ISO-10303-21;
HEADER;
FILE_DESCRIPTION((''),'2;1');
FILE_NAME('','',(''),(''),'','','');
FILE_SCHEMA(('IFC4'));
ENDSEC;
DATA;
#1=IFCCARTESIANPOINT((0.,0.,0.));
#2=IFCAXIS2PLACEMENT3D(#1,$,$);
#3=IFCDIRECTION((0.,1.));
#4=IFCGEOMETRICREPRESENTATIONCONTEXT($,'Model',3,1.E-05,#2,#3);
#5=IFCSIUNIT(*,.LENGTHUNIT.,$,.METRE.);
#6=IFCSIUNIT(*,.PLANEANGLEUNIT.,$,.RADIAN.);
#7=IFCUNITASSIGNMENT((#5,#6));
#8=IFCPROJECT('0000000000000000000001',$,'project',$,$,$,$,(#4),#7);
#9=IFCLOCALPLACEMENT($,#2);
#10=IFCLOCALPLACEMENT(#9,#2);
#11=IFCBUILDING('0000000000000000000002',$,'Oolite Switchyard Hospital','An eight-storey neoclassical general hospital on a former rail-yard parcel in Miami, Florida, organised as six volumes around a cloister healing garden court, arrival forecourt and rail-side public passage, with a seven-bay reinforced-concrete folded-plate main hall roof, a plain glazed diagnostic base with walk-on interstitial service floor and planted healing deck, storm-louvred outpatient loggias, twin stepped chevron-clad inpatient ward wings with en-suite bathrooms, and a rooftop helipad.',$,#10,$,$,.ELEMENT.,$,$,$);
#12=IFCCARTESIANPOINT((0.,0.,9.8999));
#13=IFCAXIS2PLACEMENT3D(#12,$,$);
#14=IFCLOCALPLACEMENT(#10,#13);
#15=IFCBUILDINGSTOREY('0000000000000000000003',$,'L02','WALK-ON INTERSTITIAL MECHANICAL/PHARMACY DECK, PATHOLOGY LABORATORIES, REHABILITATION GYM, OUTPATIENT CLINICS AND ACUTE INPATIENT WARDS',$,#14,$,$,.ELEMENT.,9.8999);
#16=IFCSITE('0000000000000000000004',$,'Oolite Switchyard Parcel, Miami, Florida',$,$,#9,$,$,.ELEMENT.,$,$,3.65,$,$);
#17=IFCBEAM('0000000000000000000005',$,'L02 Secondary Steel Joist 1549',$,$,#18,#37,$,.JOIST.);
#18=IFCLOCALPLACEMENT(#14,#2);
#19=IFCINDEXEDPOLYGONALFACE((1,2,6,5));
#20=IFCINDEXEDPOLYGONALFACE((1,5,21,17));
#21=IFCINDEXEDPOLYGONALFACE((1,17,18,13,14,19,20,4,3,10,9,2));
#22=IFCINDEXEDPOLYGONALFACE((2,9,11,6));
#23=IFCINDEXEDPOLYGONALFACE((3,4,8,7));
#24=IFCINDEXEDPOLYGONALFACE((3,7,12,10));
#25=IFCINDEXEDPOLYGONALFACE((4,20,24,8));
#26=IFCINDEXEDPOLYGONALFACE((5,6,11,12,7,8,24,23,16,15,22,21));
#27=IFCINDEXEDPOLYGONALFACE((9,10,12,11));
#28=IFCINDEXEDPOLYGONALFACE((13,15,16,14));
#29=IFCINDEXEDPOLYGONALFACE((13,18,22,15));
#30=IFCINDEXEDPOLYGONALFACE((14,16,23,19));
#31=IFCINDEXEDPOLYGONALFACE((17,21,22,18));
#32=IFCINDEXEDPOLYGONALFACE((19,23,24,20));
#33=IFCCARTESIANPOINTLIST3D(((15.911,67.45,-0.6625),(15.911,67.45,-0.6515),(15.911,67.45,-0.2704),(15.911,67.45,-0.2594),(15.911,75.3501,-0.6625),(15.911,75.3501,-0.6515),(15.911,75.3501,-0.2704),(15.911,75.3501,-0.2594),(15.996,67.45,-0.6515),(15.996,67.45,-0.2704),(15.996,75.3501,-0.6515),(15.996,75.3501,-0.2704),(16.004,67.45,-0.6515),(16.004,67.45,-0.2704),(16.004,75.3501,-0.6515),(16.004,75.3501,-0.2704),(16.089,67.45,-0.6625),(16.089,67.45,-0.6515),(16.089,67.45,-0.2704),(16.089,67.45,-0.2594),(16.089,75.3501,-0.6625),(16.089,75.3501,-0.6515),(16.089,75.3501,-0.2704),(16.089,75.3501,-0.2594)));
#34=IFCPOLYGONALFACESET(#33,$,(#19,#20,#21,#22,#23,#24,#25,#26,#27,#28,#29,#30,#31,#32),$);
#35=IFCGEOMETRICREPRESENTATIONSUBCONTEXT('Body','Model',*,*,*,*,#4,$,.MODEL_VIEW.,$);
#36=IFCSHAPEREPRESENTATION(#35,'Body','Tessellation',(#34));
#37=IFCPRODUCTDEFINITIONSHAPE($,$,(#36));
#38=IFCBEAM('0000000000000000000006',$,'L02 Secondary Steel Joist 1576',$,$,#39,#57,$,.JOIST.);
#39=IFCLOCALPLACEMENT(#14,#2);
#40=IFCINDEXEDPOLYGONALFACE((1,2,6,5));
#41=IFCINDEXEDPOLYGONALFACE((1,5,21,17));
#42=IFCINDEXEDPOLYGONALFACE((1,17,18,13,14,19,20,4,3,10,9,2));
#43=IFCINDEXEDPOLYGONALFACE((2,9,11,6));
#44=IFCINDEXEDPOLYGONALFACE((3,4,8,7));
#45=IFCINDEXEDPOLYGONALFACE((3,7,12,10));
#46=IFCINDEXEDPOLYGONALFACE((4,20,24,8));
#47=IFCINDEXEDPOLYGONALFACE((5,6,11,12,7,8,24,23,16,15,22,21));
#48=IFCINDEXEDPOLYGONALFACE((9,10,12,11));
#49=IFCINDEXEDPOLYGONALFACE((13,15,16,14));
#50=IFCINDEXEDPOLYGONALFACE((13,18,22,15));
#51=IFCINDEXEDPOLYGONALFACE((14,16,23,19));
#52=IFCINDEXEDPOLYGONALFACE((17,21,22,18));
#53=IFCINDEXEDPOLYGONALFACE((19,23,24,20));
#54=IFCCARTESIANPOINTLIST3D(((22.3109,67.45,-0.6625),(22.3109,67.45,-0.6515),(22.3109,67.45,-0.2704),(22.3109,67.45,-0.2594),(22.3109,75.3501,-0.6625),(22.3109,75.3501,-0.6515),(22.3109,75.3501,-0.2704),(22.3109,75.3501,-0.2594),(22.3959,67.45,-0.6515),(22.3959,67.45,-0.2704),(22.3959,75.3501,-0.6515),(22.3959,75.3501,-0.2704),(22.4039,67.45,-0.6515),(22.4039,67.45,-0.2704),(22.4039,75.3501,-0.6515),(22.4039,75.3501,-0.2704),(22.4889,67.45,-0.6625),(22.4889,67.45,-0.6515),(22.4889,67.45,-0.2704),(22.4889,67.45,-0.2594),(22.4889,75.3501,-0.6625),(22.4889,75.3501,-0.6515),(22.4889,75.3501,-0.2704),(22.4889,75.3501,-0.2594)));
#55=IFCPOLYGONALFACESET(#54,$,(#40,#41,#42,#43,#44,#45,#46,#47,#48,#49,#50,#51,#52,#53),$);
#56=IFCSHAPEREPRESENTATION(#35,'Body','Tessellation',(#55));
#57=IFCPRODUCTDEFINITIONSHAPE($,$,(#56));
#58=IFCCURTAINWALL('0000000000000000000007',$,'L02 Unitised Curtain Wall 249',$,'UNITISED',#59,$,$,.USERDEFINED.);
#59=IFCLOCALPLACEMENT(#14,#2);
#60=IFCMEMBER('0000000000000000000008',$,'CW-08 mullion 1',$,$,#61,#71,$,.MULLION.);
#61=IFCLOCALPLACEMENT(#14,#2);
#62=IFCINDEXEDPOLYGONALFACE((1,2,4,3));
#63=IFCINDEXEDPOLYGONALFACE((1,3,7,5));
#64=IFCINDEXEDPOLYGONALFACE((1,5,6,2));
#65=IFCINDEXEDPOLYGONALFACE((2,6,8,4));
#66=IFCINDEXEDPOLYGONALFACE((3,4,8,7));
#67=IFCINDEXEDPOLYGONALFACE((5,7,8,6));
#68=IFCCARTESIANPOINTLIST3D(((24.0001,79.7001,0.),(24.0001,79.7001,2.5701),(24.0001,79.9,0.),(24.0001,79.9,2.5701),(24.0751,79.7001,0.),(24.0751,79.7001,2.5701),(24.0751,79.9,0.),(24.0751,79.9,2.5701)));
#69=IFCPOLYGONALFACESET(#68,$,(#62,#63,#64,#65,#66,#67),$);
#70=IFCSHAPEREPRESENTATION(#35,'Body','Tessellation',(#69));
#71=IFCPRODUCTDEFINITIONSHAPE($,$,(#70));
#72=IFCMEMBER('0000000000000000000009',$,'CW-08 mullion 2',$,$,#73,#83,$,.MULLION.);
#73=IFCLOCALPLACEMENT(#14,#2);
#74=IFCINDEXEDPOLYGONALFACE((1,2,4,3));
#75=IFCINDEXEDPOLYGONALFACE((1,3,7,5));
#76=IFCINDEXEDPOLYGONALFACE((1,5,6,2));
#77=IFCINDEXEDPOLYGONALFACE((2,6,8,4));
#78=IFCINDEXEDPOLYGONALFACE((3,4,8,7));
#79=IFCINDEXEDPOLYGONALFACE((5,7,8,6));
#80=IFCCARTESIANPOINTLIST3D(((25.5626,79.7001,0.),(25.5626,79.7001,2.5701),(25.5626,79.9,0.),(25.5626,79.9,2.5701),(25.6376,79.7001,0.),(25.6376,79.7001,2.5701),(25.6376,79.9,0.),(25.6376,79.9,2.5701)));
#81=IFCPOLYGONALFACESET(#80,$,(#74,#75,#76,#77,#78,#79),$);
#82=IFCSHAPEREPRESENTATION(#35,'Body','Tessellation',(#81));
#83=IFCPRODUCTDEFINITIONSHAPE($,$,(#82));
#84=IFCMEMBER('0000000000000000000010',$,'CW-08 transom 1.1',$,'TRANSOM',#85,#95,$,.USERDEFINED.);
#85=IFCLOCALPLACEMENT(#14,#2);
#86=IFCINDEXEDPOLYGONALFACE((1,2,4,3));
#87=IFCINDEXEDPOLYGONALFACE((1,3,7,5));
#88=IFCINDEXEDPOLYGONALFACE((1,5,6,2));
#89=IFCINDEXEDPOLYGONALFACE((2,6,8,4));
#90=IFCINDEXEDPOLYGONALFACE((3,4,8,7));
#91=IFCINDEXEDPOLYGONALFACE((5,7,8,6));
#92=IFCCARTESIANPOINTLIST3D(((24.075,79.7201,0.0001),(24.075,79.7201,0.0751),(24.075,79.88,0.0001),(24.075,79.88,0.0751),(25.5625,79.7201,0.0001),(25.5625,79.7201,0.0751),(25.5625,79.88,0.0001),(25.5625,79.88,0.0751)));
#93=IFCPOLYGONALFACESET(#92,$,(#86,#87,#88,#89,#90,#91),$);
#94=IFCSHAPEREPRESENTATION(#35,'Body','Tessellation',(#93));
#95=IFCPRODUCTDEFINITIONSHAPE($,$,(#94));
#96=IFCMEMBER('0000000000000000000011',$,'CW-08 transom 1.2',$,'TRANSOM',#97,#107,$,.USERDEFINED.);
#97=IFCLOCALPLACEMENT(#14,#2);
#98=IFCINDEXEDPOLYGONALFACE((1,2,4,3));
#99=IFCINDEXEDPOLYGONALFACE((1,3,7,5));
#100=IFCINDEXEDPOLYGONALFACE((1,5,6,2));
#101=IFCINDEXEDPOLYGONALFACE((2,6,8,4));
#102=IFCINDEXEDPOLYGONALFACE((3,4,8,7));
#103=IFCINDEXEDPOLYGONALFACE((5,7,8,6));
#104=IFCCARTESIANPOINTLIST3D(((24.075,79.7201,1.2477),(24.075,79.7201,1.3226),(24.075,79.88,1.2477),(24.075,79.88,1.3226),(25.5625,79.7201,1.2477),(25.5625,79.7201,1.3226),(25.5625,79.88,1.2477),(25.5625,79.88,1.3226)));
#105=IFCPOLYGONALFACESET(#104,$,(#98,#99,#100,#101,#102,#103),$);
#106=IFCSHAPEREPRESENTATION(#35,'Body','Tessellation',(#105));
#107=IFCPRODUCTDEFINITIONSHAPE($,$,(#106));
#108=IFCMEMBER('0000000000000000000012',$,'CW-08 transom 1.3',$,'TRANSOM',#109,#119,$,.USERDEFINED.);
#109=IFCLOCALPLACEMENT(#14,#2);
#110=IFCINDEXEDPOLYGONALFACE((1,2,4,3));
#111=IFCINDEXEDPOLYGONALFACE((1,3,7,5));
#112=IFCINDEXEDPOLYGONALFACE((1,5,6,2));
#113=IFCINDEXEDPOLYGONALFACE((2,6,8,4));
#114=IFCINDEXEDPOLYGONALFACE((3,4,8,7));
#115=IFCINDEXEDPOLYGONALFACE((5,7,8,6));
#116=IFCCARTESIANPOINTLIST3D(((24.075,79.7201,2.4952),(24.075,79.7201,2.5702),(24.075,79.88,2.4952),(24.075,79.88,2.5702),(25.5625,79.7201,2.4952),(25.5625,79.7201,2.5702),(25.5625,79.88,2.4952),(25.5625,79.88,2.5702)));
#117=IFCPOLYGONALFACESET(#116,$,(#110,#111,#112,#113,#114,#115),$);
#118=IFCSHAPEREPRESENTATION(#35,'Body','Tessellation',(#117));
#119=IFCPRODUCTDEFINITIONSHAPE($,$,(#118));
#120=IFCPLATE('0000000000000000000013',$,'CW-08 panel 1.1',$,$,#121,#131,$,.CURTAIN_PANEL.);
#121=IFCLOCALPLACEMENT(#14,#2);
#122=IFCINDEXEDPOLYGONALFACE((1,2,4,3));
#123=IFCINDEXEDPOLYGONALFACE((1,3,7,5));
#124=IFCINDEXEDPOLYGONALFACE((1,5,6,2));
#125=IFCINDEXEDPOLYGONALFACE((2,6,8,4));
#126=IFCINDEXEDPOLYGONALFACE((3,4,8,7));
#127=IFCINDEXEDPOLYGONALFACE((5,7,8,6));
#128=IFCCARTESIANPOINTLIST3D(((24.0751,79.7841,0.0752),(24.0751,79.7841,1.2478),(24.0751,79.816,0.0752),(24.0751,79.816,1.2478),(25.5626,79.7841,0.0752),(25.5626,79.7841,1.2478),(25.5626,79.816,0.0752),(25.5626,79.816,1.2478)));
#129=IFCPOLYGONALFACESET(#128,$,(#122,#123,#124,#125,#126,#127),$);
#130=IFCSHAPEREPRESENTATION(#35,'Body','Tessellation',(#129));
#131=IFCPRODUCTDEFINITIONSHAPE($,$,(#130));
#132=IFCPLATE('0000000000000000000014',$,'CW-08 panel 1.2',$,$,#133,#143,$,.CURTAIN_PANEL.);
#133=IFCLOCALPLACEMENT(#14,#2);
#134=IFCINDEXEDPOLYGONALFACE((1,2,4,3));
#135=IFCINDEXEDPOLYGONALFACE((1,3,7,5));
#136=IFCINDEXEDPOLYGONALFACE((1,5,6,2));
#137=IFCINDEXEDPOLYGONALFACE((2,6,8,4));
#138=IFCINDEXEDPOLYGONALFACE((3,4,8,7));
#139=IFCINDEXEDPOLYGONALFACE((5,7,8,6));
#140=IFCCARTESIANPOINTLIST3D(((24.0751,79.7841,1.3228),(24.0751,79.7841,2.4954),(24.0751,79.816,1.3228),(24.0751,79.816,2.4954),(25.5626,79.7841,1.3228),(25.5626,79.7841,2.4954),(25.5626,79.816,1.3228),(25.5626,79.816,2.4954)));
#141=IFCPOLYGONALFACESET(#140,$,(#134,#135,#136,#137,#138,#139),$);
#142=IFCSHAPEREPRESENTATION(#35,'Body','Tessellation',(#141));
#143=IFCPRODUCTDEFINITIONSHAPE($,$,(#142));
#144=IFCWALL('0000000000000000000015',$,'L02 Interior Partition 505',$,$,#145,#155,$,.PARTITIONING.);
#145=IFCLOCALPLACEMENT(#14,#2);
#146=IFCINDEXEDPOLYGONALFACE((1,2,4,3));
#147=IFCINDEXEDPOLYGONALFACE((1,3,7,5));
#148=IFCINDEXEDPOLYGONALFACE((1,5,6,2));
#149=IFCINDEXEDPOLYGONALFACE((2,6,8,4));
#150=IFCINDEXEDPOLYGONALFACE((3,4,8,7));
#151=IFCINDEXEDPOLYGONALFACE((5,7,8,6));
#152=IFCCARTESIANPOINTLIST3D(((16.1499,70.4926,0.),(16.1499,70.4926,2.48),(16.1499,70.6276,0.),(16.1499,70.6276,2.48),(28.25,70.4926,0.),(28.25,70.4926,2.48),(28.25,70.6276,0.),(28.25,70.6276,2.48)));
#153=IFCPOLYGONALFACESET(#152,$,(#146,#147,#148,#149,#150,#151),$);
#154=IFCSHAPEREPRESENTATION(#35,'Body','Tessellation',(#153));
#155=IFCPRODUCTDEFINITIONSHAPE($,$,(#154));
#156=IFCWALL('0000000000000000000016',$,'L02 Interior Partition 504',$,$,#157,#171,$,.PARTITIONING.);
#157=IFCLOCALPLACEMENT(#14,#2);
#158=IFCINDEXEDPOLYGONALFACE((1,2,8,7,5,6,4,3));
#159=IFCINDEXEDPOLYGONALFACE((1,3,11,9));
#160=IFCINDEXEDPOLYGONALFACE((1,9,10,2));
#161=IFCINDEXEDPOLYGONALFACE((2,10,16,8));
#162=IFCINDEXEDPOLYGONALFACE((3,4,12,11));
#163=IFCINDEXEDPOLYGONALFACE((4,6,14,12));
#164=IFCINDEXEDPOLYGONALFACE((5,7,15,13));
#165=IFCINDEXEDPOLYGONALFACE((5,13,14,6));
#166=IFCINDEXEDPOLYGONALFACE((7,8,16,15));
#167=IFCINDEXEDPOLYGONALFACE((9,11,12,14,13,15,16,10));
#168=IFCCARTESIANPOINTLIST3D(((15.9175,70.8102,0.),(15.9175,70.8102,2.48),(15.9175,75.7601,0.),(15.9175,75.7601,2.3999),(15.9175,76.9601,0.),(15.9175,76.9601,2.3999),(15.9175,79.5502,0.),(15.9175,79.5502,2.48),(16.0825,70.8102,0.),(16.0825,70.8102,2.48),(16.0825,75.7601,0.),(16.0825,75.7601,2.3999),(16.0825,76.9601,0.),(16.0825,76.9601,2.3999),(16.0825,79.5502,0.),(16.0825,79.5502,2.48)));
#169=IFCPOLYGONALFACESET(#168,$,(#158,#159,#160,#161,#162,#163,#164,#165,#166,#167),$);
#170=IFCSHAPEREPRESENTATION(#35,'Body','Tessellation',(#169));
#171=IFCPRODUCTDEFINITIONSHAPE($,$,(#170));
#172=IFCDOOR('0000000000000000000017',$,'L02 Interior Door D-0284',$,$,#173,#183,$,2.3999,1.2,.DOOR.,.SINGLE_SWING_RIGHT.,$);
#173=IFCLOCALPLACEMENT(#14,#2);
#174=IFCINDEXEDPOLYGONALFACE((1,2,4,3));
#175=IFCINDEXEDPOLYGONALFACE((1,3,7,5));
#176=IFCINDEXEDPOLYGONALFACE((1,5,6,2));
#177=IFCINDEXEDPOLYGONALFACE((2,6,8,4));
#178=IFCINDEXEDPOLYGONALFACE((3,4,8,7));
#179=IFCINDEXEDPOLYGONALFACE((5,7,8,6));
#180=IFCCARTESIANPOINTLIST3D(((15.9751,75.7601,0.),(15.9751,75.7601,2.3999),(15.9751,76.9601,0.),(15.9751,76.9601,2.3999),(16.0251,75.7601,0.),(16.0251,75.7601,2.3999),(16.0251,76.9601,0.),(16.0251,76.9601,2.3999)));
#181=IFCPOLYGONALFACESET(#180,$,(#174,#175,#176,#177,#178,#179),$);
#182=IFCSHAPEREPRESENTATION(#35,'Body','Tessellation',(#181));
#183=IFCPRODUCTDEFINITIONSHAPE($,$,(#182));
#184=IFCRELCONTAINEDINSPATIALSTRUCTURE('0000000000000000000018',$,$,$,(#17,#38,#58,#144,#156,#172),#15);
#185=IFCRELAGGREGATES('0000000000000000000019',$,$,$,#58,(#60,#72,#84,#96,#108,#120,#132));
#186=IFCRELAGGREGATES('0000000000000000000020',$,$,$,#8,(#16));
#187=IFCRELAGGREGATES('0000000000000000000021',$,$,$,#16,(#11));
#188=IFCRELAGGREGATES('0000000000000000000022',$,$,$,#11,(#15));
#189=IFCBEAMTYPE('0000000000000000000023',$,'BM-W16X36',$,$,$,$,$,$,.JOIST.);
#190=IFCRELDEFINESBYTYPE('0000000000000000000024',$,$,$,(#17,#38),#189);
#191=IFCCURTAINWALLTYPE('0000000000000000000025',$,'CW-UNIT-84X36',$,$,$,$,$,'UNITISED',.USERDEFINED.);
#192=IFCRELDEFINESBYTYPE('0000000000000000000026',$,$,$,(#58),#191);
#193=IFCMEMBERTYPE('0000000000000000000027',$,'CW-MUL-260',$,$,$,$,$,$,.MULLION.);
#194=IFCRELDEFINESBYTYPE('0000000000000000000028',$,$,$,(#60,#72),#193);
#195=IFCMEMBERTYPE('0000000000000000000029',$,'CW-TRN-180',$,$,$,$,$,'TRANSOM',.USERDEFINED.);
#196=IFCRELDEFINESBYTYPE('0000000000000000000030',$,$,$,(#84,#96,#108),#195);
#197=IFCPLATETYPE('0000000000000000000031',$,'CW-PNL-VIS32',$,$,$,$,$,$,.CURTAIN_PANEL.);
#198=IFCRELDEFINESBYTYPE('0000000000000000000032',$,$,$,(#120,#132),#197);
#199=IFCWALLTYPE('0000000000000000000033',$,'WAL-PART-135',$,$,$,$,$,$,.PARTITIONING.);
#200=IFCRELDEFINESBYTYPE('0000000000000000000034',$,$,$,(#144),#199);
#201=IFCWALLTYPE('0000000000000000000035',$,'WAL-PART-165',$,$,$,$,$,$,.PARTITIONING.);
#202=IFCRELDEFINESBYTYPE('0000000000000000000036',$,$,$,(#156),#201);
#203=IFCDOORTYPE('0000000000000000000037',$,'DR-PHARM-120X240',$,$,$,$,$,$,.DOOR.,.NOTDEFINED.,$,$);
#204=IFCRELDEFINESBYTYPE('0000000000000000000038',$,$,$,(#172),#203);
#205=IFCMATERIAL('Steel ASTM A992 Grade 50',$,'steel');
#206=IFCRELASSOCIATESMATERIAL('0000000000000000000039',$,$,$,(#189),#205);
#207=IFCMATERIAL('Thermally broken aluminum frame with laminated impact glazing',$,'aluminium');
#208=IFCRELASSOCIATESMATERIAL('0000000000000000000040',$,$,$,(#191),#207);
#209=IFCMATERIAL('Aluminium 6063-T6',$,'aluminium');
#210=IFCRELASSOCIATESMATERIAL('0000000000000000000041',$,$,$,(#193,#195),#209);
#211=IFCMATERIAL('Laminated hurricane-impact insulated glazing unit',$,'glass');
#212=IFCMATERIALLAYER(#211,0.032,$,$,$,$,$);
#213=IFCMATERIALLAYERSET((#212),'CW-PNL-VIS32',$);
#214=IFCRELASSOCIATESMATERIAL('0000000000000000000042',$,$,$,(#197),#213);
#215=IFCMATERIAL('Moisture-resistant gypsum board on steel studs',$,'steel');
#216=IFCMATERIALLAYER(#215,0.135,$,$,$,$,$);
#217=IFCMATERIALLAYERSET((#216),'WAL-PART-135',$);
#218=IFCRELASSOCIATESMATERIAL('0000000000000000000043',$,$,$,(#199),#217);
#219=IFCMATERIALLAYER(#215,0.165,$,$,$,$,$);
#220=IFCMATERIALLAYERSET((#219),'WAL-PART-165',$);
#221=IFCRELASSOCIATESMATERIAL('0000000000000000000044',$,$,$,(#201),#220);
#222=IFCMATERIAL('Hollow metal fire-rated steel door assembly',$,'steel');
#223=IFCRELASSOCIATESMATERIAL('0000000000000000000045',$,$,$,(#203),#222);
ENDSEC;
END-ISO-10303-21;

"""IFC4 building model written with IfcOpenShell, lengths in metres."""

from ifc_helpers import new_model, si_unit, direction, frame, frame_2d, origin, origin_2d, place, context, subcontext, project, spatial, rectangle, i_section, extrude, material, layer, layer_set, material_profile, profile_set, type_object, element, fill, aggregate, save


model = new_model("IFC4")

# Units and contexts
model_context = context("Model", 3, precision=1e-05, world=origin(), true_north=direction((0.0, 1.0)))
body_context = subcontext(model_context, "Body", "Model", "MODEL_VIEW")
ifc_project = project(units=[si_unit("LENGTHUNIT", "METRE"), si_unit("PLANEANGLEUNIT", "RADIAN")], contexts=[model_context])

# Site, building, storey
site_placement = place(None, origin())
site = spatial("IfcSite", under=ifc_project, at=site_placement, Name="Oolite Switchyard Parcel, Miami, Florida", CompositionType="ELEMENT", RefElevation=3.65)
building_placement = place(site_placement, origin())
building = spatial("IfcBuilding", under=site, at=building_placement, Name="Oolite Switchyard Hospital", Description="An eight-storey neoclassical general hospital on a former rail-yard parcel in Miami, Florida, organised as six volumes around a cloister healing garden court, arrival forecourt and rail-side public passage, with a seven-bay reinforced-concrete folded-plate main hall roof, a plain glazed diagnostic base with walk-on interstitial service floor and planted healing deck, storm-louvred outpatient loggias, twin stepped chevron-clad inpatient ward wings with en-suite bathrooms, and a rooftop helipad.", CompositionType="ELEMENT")
storey_placement = place(building_placement, frame((0.0, 0.0, 9.8999)))
storey = spatial("IfcBuildingStorey", under=building, at=storey_placement, Name="L02", Description="WALK-ON INTERSTITIAL MECHANICAL/PHARMACY DECK, PATHOLOGY LABORATORIES, REHABILITATION GYM, OUTPATIENT CLINICS AND ACUTE INPATIENT WARDS", CompositionType="ELEMENT", Elevation=9.8999)

# Beams
ifc_material_1 = material(Name="Steel ASTM A992 Grade 50", Category="steel")
ifc_material_profile_1 = material_profile(ifc_material_1, i_section(OverallWidth=0.178, OverallDepth=0.4031, WebThickness=0.0081, FlangeThickness=0.011, at=origin_2d()), Name="W16X36")
ifc_profile_set_1 = profile_set([ifc_material_profile_1], Name="Steel ASTM A992 Grade 50")
beam_type_1 = type_object("IfcBeamType", Name="BM-W16X36", PredefinedType="JOIST", material=ifc_profile_set_1)
for number, where, z_axis, x_axis, name in (
    (1, (16.0, 67.45, -0.4609), (0.0, 1.0, 0.0), (-1.0, 0.0, 0.0), "L02 Secondary Steel Joist 1549"),
    (2, (22.3999, 67.45, -0.4609), (0.0, 1.0, 0.0), (-1.0, 0.0, 0.0), "L02 Secondary Steel Joist 1576"),
):
    element("IfcBeam", number, at=place(storey_placement, frame(where, z_axis=z_axis, x_axis=x_axis)), inside=storey, type_object=beam_type_1, Name=name, PredefinedType="JOIST", context=body_context, shape_type="SweptSolid", body=[
        extrude(i_section(OverallWidth=0.178, OverallDepth=0.4031, WebThickness=0.0081, FlangeThickness=0.011, at=origin_2d()), origin(), (0.0, 0.0, 1.0), 7.9001),
    ])

# Curtain wall, members, plates
ifc_material_2 = material(Name="Thermally broken aluminum frame with laminated impact glazing", Category="aluminium")
curtain_wall_type = type_object("IfcCurtainWallType", Name="CW-UNIT-84X36", ElementType="UNITISED", PredefinedType="USERDEFINED", material=ifc_material_2)
curtain_wall_placement = place(storey_placement, origin())
curtain_wall = element("IfcCurtainWall", 3, at=curtain_wall_placement, inside=storey, type_object=curtain_wall_type, Name="L02 Unitised Curtain Wall 249", ObjectType="UNITISED", PredefinedType="USERDEFINED")
ifc_material_3 = material(Name="Aluminium 6063-T6", Category="aluminium")
ifc_material_profile_2 = material_profile(ifc_material_3, rectangle(XDim=0.2, YDim=0.075, at=origin_2d()), Name="CWM75X200")
ifc_profile_set_2 = profile_set([ifc_material_profile_2], Name="Aluminium 6063-T6")
member_type_1 = type_object("IfcMemberType", Name="CW-MUL-260", PredefinedType="MULLION", material=ifc_profile_set_2)
member_1_placement = place(storey_placement, frame((24.0376, 79.8, 0.0), z_axis=(0.0, 0.0, 1.0), x_axis=(0.0, 1.0, 0.0)))
member_1 = element("IfcMember", 4, at=member_1_placement, type_object=member_type_1, Name="CW-08 mullion 1", PredefinedType="MULLION", context=body_context, shape_type="SweptSolid", body=[
    extrude(rectangle(XDim=0.2, YDim=0.075, at=origin_2d()), origin(), (0.0, 0.0, 1.0), 2.5701),
])
member_2_placement = place(storey_placement, frame((25.6001, 79.8, 0.0), z_axis=(0.0, 0.0, 1.0), x_axis=(0.0, 1.0, 0.0)))
member_2 = element("IfcMember", 5, at=member_2_placement, type_object=member_type_1, Name="CW-08 mullion 2", PredefinedType="MULLION", context=body_context, shape_type="SweptSolid", body=[
    extrude(rectangle(XDim=0.2, YDim=0.075, at=origin_2d()), origin(), (0.0, 0.0, 1.0), 2.5701),
])
ifc_material_profile_3 = material_profile(ifc_material_3, rectangle(XDim=0.1599, YDim=0.075, at=origin_2d()), Name="CWT75X160")
ifc_profile_set_3 = profile_set([ifc_material_profile_3], Name="Aluminium 6063-T6")
member_type_2 = type_object("IfcMemberType", Name="CW-TRN-180", ElementType="TRANSOM", PredefinedType="USERDEFINED", material=ifc_profile_set_3)
member_3_placement = place(storey_placement, frame((24.075, 79.8, 0.0376), z_axis=(1.0, 0.0, 0.0), x_axis=(0.0, 1.0, 0.0)))
member_3 = element("IfcMember", 6, at=member_3_placement, type_object=member_type_2, Name="CW-08 transom 1.1", ObjectType="TRANSOM", PredefinedType="USERDEFINED", context=body_context, shape_type="SweptSolid", body=[
    extrude(rectangle(XDim=0.1599, YDim=0.075, at=origin_2d()), origin(), (0.0, 0.0, 1.0), 1.4875),
])
member_4_placement = place(storey_placement, frame((24.075, 79.8, 1.2852), z_axis=(1.0, 0.0, 0.0), x_axis=(0.0, 1.0, 0.0)))
member_4 = element("IfcMember", 7, at=member_4_placement, type_object=member_type_2, Name="CW-08 transom 1.2", ObjectType="TRANSOM", PredefinedType="USERDEFINED", context=body_context, shape_type="SweptSolid", body=[
    extrude(rectangle(XDim=0.1599, YDim=0.075, at=origin_2d()), origin(), (0.0, 0.0, 1.0), 1.4875),
])
member_5_placement = place(storey_placement, frame((24.075, 79.8, 2.5327), z_axis=(1.0, 0.0, 0.0), x_axis=(0.0, 1.0, 0.0)))
member_5 = element("IfcMember", 8, at=member_5_placement, type_object=member_type_2, Name="CW-08 transom 1.3", ObjectType="TRANSOM", PredefinedType="USERDEFINED", context=body_context, shape_type="SweptSolid", body=[
    extrude(rectangle(XDim=0.1599, YDim=0.075, at=origin_2d()), origin(), (0.0, 0.0, 1.0), 1.4875),
])
ifc_material_4 = material(Name="Laminated hurricane-impact insulated glazing unit", Category="glass")
ifc_layer_1 = layer(ifc_material_4, 0.032)
ifc_layer_set_1 = layer_set([ifc_layer_1], Name="CW-PNL-VIS32")
plate_type = type_object("IfcPlateType", Name="CW-PNL-VIS32", PredefinedType="CURTAIN_PANEL", material=ifc_layer_set_1)
plate_1_placement = place(storey_placement, frame((24.8188, 79.8, 0.0752), z_axis=(0.0, 0.0, 1.0), x_axis=(1.0, 0.0, 0.0)))
plate_1 = element("IfcPlate", 9, at=plate_1_placement, type_object=plate_type, Name="CW-08 panel 1.1", PredefinedType="CURTAIN_PANEL", context=body_context, shape_type="SweptSolid", body=[
    extrude(rectangle(XDim=1.4875, YDim=0.032, at=origin_2d()), origin(), (0.0, 0.0, 1.0), 1.1726),
])
plate_2_placement = place(storey_placement, frame((24.8188, 79.8, 1.3228), z_axis=(0.0, 0.0, 1.0), x_axis=(1.0, 0.0, 0.0)))
plate_2 = element("IfcPlate", 10, at=plate_2_placement, type_object=plate_type, Name="CW-08 panel 1.2", PredefinedType="CURTAIN_PANEL", context=body_context, shape_type="SweptSolid", body=[
    extrude(rectangle(XDim=1.4875, YDim=0.032, at=origin_2d()), origin(), (0.0, 0.0, 1.0), 1.1726),
])
aggregate(curtain_wall, [member_1, member_2, member_3, member_4, member_5, plate_1, plate_2])

# Wall
ifc_material_5 = material(Name="Moisture-resistant gypsum board on steel studs", Category="steel")
ifc_layer_2 = layer(ifc_material_5, 0.135)
ifc_layer_set_2 = layer_set([ifc_layer_2], Name="WAL-PART-135")
wall_type_1 = type_object("IfcWallType", Name="WAL-PART-135", PredefinedType="PARTITIONING", material=ifc_layer_set_2)
wall_1_placement = place(storey_placement, frame((16.1499, 70.5601, 0.0), z_axis=(0.0, 0.0, 1.0), x_axis=(1.0, 0.0, 0.0)))
element("IfcWall", 11, at=wall_1_placement, inside=storey, type_object=wall_type_1, Name="L02 Interior Partition 505", PredefinedType="PARTITIONING", context=body_context, shape_type="SweptSolid", body=[
    extrude(rectangle(XDim=12.1001, YDim=0.135, at=frame_2d((6.05, 0.0))), origin(), (0.0, 0.0, 1.0), 2.48),
])

# Wall, opening, door
ifc_layer_3 = layer(ifc_material_5, 0.165)
ifc_layer_set_3 = layer_set([ifc_layer_3], Name="WAL-PART-165")
wall_type_2 = type_object("IfcWallType", Name="WAL-PART-165", PredefinedType="PARTITIONING", material=ifc_layer_set_3)
wall_2_placement = place(storey_placement, frame((16.0, 70.8101, 0.0), z_axis=(0.0, 0.0, 1.0), x_axis=(0.0, 1.0, 0.0)))
wall_2 = element("IfcWall", 12, at=wall_2_placement, inside=storey, type_object=wall_type_2, Name="L02 Interior Partition 504", PredefinedType="PARTITIONING", context=body_context, shape_type="SweptSolid", body=[
    extrude(rectangle(XDim=8.74, YDim=0.165, at=frame_2d((4.3701, 0.0))), origin(), (0.0, 0.0, 1.0), 2.48),
])
opening_placement = place(wall_2_placement, frame((4.95, 0.0, 0.0)))
opening = element("IfcOpeningElement", 13, at=opening_placement, cuts=wall_2, PredefinedType="OPENING", context=body_context, shape_type="SweptSolid", body=[
    extrude(rectangle(XDim=1.2, YDim=2.3999, at=frame_2d((0.6001, 1.2))), frame((0.0, 0.0925, 0.0), z_axis=(0.0, -1.0, 0.0), x_axis=(1.0, 0.0, 0.0)), (0.0, 0.0, 1.0), 0.1851),
])
ifc_material_6 = material(Name="Hollow metal fire-rated steel door assembly", Category="steel")
door_type = type_object("IfcDoorType", Name="DR-PHARM-120X240", OperationType="NOTDEFINED", PredefinedType="DOOR", material=ifc_material_6)
door_placement = place(opening_placement, origin())
door = element("IfcDoor", 14, at=door_placement, inside=storey, type_object=door_type, Name="L02 Interior Door D-0284", OperationType="SINGLE_SWING_RIGHT", OverallHeight=2.3999, OverallWidth=1.2, PredefinedType="DOOR", context=body_context, shape_type="SweptSolid", body=[
    extrude(rectangle(XDim=1.2, YDim=2.3999, at=frame_2d((0.6001, 1.2))), frame((0.0, 0.0249, 0.0), z_axis=(0.0, -1.0, 0.0), x_axis=(1.0, 0.0, 0.0)), (0.0, 0.0, 1.0), 0.05),
])
fill(opening, door)

save(model, "model.ifc")
